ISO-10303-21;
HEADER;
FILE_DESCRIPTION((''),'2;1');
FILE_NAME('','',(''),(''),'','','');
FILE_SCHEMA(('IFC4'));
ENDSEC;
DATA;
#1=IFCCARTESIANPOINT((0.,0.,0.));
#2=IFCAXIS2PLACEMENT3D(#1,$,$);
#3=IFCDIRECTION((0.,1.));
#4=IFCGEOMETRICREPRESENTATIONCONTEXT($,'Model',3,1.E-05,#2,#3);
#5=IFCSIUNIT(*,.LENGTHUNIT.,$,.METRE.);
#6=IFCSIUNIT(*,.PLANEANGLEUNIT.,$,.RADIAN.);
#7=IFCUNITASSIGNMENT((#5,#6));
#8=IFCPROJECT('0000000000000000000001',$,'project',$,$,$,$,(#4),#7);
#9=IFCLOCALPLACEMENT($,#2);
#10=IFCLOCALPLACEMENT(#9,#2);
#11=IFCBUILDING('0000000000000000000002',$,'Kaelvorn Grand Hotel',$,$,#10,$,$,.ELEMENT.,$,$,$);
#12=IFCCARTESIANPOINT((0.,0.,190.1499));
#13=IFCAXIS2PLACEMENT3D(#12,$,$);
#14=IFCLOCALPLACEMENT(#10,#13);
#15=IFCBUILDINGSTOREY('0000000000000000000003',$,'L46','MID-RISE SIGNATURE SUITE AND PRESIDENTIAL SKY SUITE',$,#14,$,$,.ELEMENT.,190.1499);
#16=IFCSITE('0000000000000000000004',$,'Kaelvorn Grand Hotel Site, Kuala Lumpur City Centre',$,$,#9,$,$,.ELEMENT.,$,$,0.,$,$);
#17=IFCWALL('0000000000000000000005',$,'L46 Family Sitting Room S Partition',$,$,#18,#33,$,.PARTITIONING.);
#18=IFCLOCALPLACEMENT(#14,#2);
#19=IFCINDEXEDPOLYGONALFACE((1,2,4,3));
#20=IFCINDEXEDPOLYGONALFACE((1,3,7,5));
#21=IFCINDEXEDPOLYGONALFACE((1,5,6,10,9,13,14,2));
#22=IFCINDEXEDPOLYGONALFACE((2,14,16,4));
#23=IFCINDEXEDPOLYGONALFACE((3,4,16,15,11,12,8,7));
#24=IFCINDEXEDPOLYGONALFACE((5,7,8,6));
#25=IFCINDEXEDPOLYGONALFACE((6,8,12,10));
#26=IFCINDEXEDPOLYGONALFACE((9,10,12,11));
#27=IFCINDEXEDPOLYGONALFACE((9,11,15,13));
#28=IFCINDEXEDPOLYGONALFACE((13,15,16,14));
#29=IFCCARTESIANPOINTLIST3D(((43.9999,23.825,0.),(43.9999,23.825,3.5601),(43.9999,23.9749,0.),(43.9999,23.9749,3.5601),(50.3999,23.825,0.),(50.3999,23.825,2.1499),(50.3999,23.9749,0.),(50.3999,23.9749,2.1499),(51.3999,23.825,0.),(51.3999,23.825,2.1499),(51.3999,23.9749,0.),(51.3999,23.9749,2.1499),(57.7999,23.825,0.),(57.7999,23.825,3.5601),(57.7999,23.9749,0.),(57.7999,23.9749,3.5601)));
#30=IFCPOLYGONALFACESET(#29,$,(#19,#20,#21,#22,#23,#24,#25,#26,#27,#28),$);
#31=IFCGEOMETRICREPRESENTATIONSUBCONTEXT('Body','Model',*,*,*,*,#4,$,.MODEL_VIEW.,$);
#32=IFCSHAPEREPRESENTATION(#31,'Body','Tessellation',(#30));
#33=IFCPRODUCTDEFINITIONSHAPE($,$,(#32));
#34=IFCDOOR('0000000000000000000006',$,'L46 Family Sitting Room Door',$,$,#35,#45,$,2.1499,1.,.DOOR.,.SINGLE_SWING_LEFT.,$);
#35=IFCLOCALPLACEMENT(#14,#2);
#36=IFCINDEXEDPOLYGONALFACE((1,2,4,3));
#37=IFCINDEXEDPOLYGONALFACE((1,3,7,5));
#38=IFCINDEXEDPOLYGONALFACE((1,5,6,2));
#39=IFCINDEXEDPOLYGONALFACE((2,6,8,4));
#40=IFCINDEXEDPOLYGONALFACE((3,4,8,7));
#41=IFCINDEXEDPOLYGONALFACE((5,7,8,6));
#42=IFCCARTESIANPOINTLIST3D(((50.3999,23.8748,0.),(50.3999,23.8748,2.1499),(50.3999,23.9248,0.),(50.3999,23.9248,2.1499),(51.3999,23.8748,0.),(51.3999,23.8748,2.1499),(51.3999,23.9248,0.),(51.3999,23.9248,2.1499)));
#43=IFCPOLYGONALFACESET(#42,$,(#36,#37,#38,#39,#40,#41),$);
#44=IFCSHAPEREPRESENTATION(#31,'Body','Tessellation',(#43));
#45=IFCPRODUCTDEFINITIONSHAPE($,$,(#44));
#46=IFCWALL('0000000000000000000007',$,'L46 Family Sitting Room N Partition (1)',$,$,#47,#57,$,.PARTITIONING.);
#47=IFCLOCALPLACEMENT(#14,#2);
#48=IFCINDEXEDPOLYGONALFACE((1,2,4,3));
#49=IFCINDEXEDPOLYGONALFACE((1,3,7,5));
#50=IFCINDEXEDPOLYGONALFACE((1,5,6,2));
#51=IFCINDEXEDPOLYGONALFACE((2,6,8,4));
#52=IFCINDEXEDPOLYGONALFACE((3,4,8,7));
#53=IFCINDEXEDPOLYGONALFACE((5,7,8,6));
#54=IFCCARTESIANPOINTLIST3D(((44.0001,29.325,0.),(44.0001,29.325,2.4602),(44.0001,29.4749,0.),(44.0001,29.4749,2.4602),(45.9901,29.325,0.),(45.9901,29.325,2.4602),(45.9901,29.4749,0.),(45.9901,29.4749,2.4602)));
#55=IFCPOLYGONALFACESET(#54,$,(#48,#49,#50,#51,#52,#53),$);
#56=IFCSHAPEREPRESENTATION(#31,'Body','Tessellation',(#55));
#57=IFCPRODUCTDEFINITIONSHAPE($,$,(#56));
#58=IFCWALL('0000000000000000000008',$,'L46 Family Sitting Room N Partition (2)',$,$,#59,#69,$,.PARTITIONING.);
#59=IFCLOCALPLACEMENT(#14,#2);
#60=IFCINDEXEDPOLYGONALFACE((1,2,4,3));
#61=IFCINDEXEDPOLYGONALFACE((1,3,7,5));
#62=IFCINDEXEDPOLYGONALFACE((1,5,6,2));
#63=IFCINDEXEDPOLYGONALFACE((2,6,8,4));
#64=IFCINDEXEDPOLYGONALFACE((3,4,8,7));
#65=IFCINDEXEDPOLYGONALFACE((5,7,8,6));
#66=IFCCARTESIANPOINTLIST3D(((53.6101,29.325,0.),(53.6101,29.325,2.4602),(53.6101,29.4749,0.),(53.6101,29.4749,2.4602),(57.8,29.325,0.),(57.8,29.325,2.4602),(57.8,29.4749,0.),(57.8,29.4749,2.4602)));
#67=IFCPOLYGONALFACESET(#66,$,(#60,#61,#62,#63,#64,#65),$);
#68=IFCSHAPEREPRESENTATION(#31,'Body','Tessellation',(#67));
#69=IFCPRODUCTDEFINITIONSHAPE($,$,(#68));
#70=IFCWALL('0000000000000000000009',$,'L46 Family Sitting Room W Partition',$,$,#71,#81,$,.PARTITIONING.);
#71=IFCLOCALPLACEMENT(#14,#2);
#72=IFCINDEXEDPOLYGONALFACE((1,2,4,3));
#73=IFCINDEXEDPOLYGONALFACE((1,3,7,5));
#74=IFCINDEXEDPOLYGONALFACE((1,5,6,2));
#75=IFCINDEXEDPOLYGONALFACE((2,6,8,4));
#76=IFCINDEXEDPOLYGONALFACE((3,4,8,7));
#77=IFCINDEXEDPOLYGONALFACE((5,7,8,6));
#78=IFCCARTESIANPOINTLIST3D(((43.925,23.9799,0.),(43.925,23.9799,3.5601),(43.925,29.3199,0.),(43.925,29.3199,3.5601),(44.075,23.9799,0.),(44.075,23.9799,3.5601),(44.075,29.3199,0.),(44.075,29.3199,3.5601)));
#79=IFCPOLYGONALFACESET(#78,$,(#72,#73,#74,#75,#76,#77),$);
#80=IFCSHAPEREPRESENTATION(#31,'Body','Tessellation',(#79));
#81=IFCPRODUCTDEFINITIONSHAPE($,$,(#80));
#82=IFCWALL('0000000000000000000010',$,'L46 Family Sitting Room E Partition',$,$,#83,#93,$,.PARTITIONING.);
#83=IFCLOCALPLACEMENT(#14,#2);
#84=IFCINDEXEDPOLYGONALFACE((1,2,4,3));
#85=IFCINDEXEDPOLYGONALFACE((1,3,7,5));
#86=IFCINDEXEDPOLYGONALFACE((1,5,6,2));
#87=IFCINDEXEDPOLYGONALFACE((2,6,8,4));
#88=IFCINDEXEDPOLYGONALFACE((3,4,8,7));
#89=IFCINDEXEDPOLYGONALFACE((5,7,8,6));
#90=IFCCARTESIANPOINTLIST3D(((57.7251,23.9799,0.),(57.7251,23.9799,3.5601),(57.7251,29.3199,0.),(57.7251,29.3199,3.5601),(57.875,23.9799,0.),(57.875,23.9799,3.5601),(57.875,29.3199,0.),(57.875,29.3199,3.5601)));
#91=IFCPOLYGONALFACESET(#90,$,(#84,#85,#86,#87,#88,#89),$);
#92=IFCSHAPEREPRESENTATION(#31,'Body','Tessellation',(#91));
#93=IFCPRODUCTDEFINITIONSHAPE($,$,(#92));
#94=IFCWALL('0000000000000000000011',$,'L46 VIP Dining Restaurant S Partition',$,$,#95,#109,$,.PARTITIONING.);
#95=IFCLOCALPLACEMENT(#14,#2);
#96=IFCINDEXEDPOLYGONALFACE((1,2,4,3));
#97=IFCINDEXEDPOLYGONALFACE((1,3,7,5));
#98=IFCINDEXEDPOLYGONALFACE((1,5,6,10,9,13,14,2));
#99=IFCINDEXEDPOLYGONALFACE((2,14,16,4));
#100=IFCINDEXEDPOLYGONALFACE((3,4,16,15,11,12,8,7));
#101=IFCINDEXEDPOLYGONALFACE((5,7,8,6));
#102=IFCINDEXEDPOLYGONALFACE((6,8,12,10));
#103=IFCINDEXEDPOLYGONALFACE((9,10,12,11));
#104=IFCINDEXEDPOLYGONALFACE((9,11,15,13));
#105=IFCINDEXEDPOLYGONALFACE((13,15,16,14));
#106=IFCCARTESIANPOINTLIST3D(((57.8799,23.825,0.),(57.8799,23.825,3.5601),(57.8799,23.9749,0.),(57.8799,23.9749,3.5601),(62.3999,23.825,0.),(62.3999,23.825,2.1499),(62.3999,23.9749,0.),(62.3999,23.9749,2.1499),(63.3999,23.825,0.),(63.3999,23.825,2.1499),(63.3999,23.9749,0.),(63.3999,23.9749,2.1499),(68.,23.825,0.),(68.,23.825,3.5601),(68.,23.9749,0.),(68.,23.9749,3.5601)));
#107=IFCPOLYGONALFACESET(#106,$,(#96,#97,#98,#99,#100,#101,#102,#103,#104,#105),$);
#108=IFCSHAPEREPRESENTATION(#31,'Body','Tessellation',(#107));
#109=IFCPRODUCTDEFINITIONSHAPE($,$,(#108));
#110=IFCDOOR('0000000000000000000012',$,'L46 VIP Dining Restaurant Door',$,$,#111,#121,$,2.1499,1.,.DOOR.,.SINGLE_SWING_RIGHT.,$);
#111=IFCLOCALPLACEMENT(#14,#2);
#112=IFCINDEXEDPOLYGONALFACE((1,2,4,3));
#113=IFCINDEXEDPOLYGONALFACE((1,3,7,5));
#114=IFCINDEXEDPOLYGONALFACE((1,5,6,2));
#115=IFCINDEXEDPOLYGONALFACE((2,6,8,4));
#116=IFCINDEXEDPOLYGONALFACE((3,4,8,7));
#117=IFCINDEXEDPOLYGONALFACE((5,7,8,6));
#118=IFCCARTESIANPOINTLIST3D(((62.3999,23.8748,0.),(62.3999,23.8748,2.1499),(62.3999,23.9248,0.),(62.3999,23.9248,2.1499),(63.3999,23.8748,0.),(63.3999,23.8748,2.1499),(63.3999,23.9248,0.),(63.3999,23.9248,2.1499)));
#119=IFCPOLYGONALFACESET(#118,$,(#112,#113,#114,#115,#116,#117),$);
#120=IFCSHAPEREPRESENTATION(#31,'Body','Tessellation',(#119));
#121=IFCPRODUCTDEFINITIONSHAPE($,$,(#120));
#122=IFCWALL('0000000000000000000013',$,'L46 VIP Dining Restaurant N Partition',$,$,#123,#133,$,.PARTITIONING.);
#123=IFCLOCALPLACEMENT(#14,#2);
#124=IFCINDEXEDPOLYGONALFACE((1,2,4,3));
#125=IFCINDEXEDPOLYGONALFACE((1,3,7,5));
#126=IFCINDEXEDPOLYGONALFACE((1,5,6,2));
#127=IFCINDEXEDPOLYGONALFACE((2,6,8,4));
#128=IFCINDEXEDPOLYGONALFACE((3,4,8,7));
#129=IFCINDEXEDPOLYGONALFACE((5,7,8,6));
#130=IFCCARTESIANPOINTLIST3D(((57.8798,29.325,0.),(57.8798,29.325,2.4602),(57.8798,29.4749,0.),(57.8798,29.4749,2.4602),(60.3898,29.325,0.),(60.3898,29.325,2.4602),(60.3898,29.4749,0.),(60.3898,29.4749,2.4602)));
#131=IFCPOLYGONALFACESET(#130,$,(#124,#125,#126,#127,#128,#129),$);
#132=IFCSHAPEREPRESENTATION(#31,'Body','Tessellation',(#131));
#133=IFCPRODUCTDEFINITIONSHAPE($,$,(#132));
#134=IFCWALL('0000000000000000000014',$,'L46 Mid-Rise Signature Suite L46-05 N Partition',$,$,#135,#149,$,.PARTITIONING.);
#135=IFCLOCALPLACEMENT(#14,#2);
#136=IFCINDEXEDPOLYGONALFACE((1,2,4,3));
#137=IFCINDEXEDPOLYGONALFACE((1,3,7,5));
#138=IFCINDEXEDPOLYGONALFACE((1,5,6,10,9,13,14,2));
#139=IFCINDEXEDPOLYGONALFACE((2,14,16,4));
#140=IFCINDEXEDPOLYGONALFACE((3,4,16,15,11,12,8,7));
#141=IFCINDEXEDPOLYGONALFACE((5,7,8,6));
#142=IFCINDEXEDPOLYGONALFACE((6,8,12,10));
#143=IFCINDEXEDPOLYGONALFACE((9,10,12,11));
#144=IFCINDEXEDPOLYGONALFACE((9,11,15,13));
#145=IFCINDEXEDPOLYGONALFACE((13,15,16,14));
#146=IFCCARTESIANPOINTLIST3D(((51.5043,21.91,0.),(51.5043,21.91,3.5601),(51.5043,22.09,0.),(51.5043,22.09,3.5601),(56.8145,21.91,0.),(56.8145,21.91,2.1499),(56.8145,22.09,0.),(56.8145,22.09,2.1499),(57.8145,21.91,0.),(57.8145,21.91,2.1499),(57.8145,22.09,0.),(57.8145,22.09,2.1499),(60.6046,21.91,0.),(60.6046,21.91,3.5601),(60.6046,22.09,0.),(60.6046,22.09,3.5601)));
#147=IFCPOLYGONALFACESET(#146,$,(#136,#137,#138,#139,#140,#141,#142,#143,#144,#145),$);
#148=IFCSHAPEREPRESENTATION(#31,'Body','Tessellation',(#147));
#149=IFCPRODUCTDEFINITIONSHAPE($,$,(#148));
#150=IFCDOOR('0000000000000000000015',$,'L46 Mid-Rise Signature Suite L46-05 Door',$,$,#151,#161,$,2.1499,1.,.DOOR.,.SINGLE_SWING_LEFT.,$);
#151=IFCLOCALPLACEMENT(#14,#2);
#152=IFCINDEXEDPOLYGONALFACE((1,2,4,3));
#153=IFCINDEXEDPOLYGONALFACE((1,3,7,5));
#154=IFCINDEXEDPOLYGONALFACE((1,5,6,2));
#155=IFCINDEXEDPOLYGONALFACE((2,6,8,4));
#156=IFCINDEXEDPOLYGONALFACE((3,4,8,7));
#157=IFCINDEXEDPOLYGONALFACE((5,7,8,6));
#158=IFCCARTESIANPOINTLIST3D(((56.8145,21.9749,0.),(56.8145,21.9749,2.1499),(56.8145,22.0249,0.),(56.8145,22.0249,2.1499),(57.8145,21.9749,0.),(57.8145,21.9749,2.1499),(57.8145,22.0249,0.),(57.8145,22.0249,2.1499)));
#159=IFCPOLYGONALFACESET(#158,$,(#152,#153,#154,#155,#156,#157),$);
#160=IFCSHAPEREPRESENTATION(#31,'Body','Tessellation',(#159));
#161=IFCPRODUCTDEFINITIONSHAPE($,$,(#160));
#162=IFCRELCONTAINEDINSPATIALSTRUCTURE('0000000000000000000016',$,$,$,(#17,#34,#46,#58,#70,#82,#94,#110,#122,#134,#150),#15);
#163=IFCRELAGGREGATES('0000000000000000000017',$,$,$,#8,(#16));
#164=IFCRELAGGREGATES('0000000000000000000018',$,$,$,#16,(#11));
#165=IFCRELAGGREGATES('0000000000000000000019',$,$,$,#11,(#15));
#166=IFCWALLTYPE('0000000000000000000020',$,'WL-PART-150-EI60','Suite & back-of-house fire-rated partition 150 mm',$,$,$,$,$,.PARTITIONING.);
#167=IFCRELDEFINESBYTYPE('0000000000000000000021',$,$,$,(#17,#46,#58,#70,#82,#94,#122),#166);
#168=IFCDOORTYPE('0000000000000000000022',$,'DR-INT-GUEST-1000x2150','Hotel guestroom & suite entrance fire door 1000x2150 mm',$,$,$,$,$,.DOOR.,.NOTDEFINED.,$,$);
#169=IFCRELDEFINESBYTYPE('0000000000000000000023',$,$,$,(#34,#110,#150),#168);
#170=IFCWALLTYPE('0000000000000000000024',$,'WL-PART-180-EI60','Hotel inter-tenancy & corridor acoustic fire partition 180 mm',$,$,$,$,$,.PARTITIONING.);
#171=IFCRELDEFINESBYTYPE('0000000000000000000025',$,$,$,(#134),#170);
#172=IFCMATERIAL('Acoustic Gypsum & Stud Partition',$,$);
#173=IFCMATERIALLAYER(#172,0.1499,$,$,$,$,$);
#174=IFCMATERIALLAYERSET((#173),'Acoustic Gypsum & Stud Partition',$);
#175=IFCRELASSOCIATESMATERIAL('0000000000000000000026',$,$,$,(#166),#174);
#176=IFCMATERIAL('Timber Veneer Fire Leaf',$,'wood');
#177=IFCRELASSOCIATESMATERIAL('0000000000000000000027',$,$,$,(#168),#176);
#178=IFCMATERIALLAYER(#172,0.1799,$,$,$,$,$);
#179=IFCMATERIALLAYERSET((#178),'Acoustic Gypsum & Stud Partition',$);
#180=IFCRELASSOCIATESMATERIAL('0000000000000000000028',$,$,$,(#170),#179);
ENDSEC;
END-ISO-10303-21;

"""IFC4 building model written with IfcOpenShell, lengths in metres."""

from ifc_helpers import new_model, si_unit, direction, frame, frame_2d, origin, place, context, subcontext, project, spatial, rectangle, extrude, material, layer, layer_set, type_object, element, fill, save


model = new_model("IFC4")

# Units and contexts
model_context = context("Model", 3, precision=1e-05, world=origin(), true_north=direction((0.0, 1.0)))
body_context = subcontext(model_context, "Body", "Model", "MODEL_VIEW")
ifc_project = project(units=[si_unit("LENGTHUNIT", "METRE"), si_unit("PLANEANGLEUNIT", "RADIAN")], contexts=[model_context])

# Site, building, storey
site_placement = place(None, origin())
site = spatial("IfcSite", under=ifc_project, at=site_placement, Name="Kaelvorn Grand Hotel Site, Kuala Lumpur City Centre", CompositionType="ELEMENT", RefElevation=0.0)
building_placement = place(site_placement, origin())
building = spatial("IfcBuilding", under=site, at=building_placement, Name="Kaelvorn Grand Hotel", CompositionType="ELEMENT")
storey_placement = place(building_placement, frame((0.0, 0.0, 190.1499)))
storey = spatial("IfcBuildingStorey", under=building, at=storey_placement, Name="L46", Description="MID-RISE SIGNATURE SUITE AND PRESIDENTIAL SKY SUITE", CompositionType="ELEMENT", Elevation=190.1499)

# Wall, opening, door
ifc_material_1 = material(Name="Acoustic Gypsum & Stud Partition")
ifc_layer_1 = layer(ifc_material_1, 0.1499)
ifc_layer_set_1 = layer_set([ifc_layer_1], Name="Acoustic Gypsum & Stud Partition")
wall_type_1 = type_object("IfcWallType", Name="WL-PART-150-EI60", Description="Suite & back-of-house fire-rated partition 150 mm", PredefinedType="PARTITIONING", material=ifc_layer_set_1)
wall_1_placement = place(storey_placement, frame((44.0, 23.8999, 0.0), z_axis=(0.0, 0.0, 1.0), x_axis=(1.0, 0.0, 0.0)))
wall_1 = element("IfcWall", 1, at=wall_1_placement, inside=storey, type_object=wall_type_1, Name="L46 Family Sitting Room S Partition", PredefinedType="PARTITIONING", context=body_context, shape_type="SweptSolid", body=[
    extrude(rectangle(XDim=13.8, YDim=0.1499, at=frame_2d((6.8999, 0.0))), origin(), (0.0, 0.0, 1.0), 3.5601),
])
opening_1_placement = place(wall_1_placement, frame((6.3999, 0.0, 0.0)))
opening_1 = element("IfcOpeningElement", 2, at=opening_1_placement, cuts=wall_1, PredefinedType="OPENING", context=body_context, shape_type="SweptSolid", body=[
    extrude(rectangle(XDim=1.0, YDim=2.1499, at=frame_2d((0.5, 1.075))), frame((0.0, 0.085, 0.0), z_axis=(0.0, -1.0, 0.0), x_axis=(1.0, 0.0, 0.0)), (0.0, 0.0, 1.0), 0.1699),
])
ifc_material_2 = material(Name="Timber Veneer Fire Leaf", Category="wood")
door_type_1 = type_object("IfcDoorType", Name="DR-INT-GUEST-1000x2150", Description="Hotel guestroom & suite entrance fire door 1000x2150 mm", OperationType="NOTDEFINED", PredefinedType="DOOR", material=ifc_material_2)
door_1_placement = place(opening_1_placement, origin())
door_1 = element("IfcDoor", 3, at=door_1_placement, inside=storey, type_object=door_type_1, Name="L46 Family Sitting Room Door", OperationType="SINGLE_SWING_LEFT", OverallHeight=2.1499, OverallWidth=1.0, PredefinedType="DOOR", context=body_context, shape_type="SweptSolid", body=[
    extrude(rectangle(XDim=1.0, YDim=2.1499, at=frame_2d((0.5, 1.075))), frame((0.0, 0.0249, 0.0), z_axis=(0.0, -1.0, 0.0), x_axis=(1.0, 0.0, 0.0)), (0.0, 0.0, 1.0), 0.05),
])
fill(opening_1, door_1)

# Walls
wall_2_placement = place(storey_placement, frame((44.0, 29.3999, 0.0), z_axis=(0.0, 0.0, 1.0), x_axis=(1.0, 0.0, 0.0)))
element("IfcWall", 4, at=wall_2_placement, inside=storey, type_object=wall_type_1, Name="L46 Family Sitting Room N Partition (1)", PredefinedType="PARTITIONING", context=body_context, shape_type="SweptSolid", body=[
    extrude(rectangle(XDim=1.99, YDim=0.1499, at=frame_2d((0.9951, 0.0))), origin(), (0.0, 0.0, 1.0), 2.4602),
])
wall_3_placement = place(storey_placement, frame((53.6101, 29.3999, 0.0), z_axis=(0.0, 0.0, 1.0), x_axis=(1.0, 0.0, 0.0)))
element("IfcWall", 5, at=wall_3_placement, inside=storey, type_object=wall_type_1, Name="L46 Family Sitting Room N Partition (2)", PredefinedType="PARTITIONING", context=body_context, shape_type="SweptSolid", body=[
    extrude(rectangle(XDim=4.1899, YDim=0.1499, at=frame_2d((2.095, 0.0))), origin(), (0.0, 0.0, 1.0), 2.4602),
])
for number, where, z_axis, x_axis, name in (
    (6, (44.0, 23.98, 0.0), (0.0, 0.0, 1.0), (0.0, 1.0, 0.0), "L46 Family Sitting Room W Partition"),
    (7, (57.8, 23.98, 0.0), (0.0, 0.0, 1.0), (0.0, 1.0, 0.0), "L46 Family Sitting Room E Partition"),
):
    element("IfcWall", number, at=place(storey_placement, frame(where, z_axis=z_axis, x_axis=x_axis)), inside=storey, type_object=wall_type_1, Name=name, PredefinedType="PARTITIONING", context=body_context, shape_type="SweptSolid", body=[
        extrude(rectangle(XDim=5.3401, YDim=0.1499, at=frame_2d((2.6699, 0.0))), origin(), (0.0, 0.0, 1.0), 3.5601),
    ])

# Wall, opening, door
wall_4_placement = place(storey_placement, frame((57.8799, 23.8999, 0.0), z_axis=(0.0, 0.0, 1.0), x_axis=(1.0, 0.0, 0.0)))
wall_4 = element("IfcWall", 8, at=wall_4_placement, inside=storey, type_object=wall_type_1, Name="L46 VIP Dining Restaurant S Partition", PredefinedType="PARTITIONING", context=body_context, shape_type="SweptSolid", body=[
    extrude(rectangle(XDim=10.1201, YDim=0.1499, at=frame_2d((5.0601, 0.0))), origin(), (0.0, 0.0, 1.0), 3.5601),
])
opening_2_placement = place(wall_4_placement, frame((4.52, 0.0, 0.0)))
opening_2 = element("IfcOpeningElement", 9, at=opening_2_placement, cuts=wall_4, PredefinedType="OPENING", context=body_context, shape_type="SweptSolid", body=[
    extrude(rectangle(XDim=1.0, YDim=2.1499, at=frame_2d((0.5, 1.075))), frame((0.0, 0.085, 0.0), z_axis=(0.0, -1.0, 0.0), x_axis=(1.0, 0.0, 0.0)), (0.0, 0.0, 1.0), 0.1699),
])
door_2_placement = place(opening_2_placement, origin())
door_2 = element("IfcDoor", 10, at=door_2_placement, inside=storey, type_object=door_type_1, Name="L46 VIP Dining Restaurant Door", OperationType="SINGLE_SWING_RIGHT", OverallHeight=2.1499, OverallWidth=1.0, PredefinedType="DOOR", context=body_context, shape_type="SweptSolid", body=[
    extrude(rectangle(XDim=1.0, YDim=2.1499, at=frame_2d((0.5, 1.075))), frame((0.0, 0.0249, 0.0), z_axis=(0.0, -1.0, 0.0), x_axis=(1.0, 0.0, 0.0)), (0.0, 0.0, 1.0), 0.05),
])
fill(opening_2, door_2)

# Wall
wall_5_placement = place(storey_placement, frame((57.8799, 29.3999, 0.0), z_axis=(0.0, 0.0, 1.0), x_axis=(1.0, 0.0, 0.0)))
element("IfcWall", 11, at=wall_5_placement, inside=storey, type_object=wall_type_1, Name="L46 VIP Dining Restaurant N Partition", PredefinedType="PARTITIONING", context=body_context, shape_type="SweptSolid", body=[
    extrude(rectangle(XDim=2.51, YDim=0.1499, at=frame_2d((1.2549, 0.0))), origin(), (0.0, 0.0, 1.0), 2.4602),
])

# Wall, opening, door
ifc_layer_2 = layer(ifc_material_1, 0.1799)
ifc_layer_set_2 = layer_set([ifc_layer_2], Name="Acoustic Gypsum & Stud Partition")
wall_type_2 = type_object("IfcWallType", Name="WL-PART-180-EI60", Description="Hotel inter-tenancy & corridor acoustic fire partition 180 mm", PredefinedType="PARTITIONING", material=ifc_layer_set_2)
wall_6_placement = place(storey_placement, frame((51.5042, 22.0, 0.0), z_axis=(0.0, 0.0, 1.0), x_axis=(1.0, 0.0, 0.0)))
wall_6 = element("IfcWall", 12, at=wall_6_placement, inside=storey, type_object=wall_type_2, Name="L46 Mid-Rise Signature Suite L46-05 N Partition", PredefinedType="PARTITIONING", context=body_context, shape_type="SweptSolid", body=[
    extrude(rectangle(XDim=9.1003, YDim=0.1799, at=frame_2d((4.5503, 0.0))), origin(), (0.0, 0.0, 1.0), 3.5601),
])
opening_3_placement = place(wall_6_placement, frame((5.3103, 0.0, 0.0)))
opening_3 = element("IfcOpeningElement", 13, at=opening_3_placement, cuts=wall_6, PredefinedType="OPENING", context=body_context, shape_type="SweptSolid", body=[
    extrude(rectangle(XDim=1.0, YDim=2.1499, at=frame_2d((0.5, 1.075))), frame((0.0, 0.1001, 0.0), z_axis=(0.0, -1.0, 0.0), x_axis=(1.0, 0.0, 0.0)), (0.0, 0.0, 1.0), 0.2),
])
door_3_placement = place(opening_3_placement, origin())
door_3 = element("IfcDoor", 14, at=door_3_placement, inside=storey, type_object=door_type_1, Name="L46 Mid-Rise Signature Suite L46-05 Door", OperationType="SINGLE_SWING_LEFT", OverallHeight=2.1499, OverallWidth=1.0, PredefinedType="DOOR", context=body_context, shape_type="SweptSolid", body=[
    extrude(rectangle(XDim=1.0, YDim=2.1499, at=frame_2d((0.5, 1.075))), frame((0.0, 0.0249, 0.0), z_axis=(0.0, -1.0, 0.0), x_axis=(1.0, 0.0, 0.0)), (0.0, 0.0, 1.0), 0.05),
])
fill(opening_3, door_3)

save(model, "model.ifc")
